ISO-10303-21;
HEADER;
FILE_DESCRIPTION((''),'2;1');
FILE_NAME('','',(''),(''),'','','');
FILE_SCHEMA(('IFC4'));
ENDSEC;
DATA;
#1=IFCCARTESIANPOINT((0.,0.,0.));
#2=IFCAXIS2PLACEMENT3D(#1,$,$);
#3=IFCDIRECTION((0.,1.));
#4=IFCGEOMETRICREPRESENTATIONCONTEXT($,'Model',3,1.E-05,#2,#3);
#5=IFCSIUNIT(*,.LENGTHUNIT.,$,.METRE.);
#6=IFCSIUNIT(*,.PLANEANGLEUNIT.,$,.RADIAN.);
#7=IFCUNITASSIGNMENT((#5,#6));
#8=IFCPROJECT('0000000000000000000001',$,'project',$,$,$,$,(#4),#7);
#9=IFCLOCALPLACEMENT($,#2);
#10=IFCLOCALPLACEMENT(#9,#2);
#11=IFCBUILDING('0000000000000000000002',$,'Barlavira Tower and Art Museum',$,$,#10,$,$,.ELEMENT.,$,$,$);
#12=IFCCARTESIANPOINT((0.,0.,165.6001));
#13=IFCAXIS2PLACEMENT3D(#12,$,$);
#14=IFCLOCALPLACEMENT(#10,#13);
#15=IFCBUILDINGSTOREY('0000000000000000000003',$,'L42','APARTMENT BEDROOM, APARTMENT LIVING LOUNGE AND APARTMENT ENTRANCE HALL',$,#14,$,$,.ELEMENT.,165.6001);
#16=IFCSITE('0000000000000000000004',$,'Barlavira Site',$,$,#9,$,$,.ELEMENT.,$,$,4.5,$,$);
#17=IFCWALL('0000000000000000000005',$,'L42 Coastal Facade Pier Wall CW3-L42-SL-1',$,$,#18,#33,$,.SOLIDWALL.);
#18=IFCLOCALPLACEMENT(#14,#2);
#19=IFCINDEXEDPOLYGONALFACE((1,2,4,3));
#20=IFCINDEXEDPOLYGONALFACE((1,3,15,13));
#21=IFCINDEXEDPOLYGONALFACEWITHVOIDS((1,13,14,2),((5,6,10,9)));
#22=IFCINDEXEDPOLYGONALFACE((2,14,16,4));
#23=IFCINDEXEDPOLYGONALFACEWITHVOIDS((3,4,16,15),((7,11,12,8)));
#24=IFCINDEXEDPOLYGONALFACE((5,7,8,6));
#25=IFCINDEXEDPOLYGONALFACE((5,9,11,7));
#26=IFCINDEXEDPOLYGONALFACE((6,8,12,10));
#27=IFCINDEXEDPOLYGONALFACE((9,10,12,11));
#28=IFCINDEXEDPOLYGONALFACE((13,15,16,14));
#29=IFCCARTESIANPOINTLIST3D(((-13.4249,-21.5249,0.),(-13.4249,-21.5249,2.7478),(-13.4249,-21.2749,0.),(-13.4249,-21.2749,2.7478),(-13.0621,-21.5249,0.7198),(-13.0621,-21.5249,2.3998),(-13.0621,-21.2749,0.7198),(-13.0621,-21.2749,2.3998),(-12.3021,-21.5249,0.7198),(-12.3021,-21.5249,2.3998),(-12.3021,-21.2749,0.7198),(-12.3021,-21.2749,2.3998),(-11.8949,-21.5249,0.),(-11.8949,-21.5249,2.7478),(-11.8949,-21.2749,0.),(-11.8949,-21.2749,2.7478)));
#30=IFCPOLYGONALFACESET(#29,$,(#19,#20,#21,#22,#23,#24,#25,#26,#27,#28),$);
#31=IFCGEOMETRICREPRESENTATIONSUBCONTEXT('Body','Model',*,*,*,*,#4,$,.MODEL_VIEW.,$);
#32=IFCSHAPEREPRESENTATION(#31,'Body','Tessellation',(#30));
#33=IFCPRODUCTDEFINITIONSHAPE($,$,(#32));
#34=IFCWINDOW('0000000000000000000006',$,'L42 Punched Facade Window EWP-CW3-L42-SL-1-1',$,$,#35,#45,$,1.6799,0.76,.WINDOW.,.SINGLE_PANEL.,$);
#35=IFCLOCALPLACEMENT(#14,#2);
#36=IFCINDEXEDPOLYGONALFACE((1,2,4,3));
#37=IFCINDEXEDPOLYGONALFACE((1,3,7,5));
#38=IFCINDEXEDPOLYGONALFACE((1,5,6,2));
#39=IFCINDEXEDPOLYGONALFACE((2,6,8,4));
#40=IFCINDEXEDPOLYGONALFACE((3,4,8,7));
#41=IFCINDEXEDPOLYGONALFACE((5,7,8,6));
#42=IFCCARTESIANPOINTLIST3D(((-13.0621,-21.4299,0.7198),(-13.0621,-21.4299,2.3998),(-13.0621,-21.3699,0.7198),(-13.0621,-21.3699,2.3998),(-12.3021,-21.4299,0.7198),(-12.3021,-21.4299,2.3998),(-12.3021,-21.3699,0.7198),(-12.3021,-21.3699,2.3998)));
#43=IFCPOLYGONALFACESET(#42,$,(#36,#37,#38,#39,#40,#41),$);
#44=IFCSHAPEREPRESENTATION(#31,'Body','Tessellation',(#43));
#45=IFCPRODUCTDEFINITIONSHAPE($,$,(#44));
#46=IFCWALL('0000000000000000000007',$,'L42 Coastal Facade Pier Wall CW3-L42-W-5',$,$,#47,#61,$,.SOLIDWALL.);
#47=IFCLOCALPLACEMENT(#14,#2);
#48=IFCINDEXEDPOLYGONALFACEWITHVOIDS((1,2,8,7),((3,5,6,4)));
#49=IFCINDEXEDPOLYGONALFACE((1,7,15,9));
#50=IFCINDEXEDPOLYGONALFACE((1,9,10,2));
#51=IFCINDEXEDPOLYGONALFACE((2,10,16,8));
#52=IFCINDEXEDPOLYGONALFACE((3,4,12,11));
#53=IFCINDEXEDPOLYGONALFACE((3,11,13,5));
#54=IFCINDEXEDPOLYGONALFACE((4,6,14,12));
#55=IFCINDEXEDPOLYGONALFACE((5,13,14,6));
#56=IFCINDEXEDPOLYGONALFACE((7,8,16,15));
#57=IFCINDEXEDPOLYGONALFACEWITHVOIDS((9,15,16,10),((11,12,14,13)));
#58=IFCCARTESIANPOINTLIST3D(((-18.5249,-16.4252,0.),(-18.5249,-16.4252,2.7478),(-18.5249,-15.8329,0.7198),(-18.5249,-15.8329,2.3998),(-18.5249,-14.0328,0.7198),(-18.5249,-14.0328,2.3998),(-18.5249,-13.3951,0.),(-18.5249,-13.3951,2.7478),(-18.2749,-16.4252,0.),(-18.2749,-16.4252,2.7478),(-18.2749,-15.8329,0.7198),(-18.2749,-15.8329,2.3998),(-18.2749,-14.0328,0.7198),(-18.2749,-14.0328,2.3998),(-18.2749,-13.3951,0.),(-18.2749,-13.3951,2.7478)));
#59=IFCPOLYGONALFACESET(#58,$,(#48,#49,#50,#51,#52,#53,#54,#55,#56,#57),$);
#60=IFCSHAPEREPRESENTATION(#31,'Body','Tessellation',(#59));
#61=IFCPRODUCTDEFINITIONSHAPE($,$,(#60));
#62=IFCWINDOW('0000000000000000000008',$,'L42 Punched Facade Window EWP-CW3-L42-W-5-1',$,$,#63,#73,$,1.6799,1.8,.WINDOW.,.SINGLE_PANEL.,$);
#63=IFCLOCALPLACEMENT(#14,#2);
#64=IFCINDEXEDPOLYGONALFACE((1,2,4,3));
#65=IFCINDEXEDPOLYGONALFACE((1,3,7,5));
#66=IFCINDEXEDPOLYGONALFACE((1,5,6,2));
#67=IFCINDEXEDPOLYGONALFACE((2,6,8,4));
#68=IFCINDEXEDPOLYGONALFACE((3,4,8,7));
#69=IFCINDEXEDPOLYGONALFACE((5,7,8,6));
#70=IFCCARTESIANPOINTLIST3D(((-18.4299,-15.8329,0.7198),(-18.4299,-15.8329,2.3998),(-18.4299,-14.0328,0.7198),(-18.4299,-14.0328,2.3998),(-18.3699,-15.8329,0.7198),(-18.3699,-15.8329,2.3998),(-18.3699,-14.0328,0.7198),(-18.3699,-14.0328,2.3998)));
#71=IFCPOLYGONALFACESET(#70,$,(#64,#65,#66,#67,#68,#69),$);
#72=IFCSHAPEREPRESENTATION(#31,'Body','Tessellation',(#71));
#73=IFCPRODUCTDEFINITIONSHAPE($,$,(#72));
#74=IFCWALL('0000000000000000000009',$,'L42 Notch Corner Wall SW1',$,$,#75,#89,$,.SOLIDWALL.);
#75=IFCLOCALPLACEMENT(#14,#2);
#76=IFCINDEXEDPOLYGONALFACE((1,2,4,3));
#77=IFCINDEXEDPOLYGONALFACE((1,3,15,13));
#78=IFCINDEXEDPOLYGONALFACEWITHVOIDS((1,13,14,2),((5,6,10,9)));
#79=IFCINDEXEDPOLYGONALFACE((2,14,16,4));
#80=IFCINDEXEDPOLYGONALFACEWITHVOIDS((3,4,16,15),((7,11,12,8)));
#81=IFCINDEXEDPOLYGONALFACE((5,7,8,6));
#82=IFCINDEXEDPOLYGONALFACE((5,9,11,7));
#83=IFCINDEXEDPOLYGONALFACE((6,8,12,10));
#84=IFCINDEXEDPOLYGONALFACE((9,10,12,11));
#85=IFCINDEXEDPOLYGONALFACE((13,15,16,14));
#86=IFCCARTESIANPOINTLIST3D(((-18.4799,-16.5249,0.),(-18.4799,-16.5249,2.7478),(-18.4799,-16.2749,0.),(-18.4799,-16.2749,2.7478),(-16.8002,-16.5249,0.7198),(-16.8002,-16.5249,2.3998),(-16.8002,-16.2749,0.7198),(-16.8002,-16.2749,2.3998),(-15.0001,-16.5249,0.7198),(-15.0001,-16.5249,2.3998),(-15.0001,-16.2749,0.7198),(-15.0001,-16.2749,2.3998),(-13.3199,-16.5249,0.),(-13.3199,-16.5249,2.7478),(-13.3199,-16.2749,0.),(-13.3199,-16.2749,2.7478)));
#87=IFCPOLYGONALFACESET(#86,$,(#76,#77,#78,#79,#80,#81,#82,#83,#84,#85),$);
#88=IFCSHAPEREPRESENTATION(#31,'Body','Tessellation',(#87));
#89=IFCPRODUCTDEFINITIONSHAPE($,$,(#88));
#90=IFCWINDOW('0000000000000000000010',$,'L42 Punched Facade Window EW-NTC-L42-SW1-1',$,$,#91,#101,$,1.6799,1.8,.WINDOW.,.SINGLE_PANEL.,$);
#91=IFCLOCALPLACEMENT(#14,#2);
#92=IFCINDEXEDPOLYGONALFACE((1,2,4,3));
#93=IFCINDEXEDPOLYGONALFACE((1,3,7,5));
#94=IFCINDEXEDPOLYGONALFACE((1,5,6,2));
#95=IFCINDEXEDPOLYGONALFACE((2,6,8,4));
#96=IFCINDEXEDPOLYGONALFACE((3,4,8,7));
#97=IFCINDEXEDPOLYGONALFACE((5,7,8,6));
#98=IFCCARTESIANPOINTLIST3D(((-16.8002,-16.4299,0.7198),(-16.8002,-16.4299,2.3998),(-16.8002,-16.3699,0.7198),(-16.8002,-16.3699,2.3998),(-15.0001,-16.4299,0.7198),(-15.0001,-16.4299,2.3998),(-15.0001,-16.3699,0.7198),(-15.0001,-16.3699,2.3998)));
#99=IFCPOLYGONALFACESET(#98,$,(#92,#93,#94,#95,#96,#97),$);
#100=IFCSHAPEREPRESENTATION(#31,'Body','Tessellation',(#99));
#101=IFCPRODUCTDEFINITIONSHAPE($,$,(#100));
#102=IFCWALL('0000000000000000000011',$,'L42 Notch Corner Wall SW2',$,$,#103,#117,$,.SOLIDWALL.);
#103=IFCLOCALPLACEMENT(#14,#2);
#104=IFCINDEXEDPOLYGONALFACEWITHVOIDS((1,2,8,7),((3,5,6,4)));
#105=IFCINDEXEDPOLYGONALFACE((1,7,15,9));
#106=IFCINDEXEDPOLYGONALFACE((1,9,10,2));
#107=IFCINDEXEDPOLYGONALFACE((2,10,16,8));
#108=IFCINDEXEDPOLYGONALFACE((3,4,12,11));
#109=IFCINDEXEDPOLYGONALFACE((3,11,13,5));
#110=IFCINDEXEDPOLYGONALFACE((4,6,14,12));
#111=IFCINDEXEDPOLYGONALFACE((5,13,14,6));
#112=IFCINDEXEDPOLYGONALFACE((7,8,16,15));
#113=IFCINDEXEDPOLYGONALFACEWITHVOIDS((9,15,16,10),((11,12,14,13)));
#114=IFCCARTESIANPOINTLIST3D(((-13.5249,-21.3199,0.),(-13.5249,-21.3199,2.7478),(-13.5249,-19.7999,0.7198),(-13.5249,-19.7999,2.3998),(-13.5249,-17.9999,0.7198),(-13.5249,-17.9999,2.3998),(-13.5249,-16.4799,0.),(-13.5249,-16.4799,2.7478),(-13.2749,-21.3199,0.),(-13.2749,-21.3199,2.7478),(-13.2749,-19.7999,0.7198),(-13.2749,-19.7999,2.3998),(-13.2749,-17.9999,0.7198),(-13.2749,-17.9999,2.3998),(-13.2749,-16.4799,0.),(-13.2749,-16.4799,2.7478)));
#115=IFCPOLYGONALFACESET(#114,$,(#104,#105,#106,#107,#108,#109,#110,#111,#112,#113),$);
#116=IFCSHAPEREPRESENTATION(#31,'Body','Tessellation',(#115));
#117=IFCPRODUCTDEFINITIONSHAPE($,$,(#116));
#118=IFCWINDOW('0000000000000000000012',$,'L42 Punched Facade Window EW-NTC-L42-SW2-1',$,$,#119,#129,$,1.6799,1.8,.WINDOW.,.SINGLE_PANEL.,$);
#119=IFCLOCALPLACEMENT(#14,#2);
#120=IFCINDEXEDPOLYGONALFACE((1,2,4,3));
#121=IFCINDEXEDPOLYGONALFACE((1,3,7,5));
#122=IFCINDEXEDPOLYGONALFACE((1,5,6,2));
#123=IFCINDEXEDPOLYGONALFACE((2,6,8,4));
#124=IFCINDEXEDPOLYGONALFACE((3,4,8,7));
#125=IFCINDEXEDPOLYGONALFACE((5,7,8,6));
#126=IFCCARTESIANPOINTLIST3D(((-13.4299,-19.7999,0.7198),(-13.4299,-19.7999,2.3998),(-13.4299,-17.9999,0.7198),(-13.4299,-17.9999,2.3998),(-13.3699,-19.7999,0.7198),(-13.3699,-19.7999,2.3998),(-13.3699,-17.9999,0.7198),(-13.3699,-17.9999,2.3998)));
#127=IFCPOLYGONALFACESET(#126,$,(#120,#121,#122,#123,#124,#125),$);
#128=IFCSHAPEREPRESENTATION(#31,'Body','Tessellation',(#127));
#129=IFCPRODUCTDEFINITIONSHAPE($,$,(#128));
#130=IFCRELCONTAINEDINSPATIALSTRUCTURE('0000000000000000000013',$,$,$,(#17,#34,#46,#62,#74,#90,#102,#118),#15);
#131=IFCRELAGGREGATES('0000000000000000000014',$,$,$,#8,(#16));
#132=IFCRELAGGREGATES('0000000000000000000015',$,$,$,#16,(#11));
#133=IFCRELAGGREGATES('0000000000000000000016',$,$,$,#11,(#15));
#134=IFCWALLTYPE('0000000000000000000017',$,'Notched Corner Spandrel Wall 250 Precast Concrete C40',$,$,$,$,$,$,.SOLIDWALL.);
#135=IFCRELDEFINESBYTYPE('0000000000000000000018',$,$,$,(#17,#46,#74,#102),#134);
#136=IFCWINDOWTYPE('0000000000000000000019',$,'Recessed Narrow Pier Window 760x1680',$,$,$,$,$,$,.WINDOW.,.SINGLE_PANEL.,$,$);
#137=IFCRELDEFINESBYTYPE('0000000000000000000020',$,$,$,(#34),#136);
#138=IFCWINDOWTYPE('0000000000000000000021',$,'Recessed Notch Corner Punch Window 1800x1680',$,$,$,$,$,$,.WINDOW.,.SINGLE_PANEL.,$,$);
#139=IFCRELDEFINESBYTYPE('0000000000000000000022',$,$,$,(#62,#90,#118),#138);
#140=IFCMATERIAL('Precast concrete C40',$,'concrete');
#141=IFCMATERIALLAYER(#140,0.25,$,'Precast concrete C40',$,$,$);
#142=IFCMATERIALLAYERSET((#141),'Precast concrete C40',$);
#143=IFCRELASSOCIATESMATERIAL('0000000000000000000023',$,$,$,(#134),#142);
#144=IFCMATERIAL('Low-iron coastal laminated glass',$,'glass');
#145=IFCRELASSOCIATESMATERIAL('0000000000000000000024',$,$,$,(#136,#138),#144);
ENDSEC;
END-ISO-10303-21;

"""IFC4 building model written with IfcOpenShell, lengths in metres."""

from ifc_helpers import new_model, si_unit, direction, frame, frame_2d, origin, place, context, subcontext, project, spatial, rectangle, extrude, material, layer, layer_set, type_object, element, fill, save


model = new_model("IFC4")

# Units and contexts
model_context = context("Model", 3, precision=1e-05, world=origin(), true_north=direction((0.0, 1.0)))
body_context = subcontext(model_context, "Body", "Model", "MODEL_VIEW")
ifc_project = project(units=[si_unit("LENGTHUNIT", "METRE"), si_unit("PLANEANGLEUNIT", "RADIAN")], contexts=[model_context])

# Site, building, storey
site_placement = place(None, origin())
site = spatial("IfcSite", under=ifc_project, at=site_placement, Name="Barlavira Site", CompositionType="ELEMENT", RefElevation=4.5)
building_placement = place(site_placement, origin())
building = spatial("IfcBuilding", under=site, at=building_placement, Name="Barlavira Tower and Art Museum", CompositionType="ELEMENT")
storey_placement = place(building_placement, frame((0.0, 0.0, 165.6001)))
storey = spatial("IfcBuildingStorey", under=building, at=storey_placement, Name="L42", Description="APARTMENT BEDROOM, APARTMENT LIVING LOUNGE AND APARTMENT ENTRANCE HALL", CompositionType="ELEMENT", Elevation=165.6001)

# Walls, openings, windows
ifc_material_1 = material(Name="Precast concrete C40", Category="concrete")
ifc_layer_1 = layer(ifc_material_1, 0.25, Name="Precast concrete C40")
ifc_layer_set_1 = layer_set([ifc_layer_1], Name="Precast concrete C40")
wall_type_1 = type_object("IfcWallType", Name="Notched Corner Spandrel Wall 250 Precast Concrete C40", PredefinedType="SOLIDWALL", material=ifc_layer_set_1)
wall_1_placement = place(storey_placement, frame((-13.425, -21.3999, 0.0), z_axis=(0.0, 0.0, 1.0), x_axis=(1.0, 0.0, 0.0)))
wall_1 = element("IfcWall", 1, at=wall_1_placement, inside=storey, type_object=wall_type_1, Name="L42 Coastal Facade Pier Wall CW3-L42-SL-1", PredefinedType="SOLIDWALL", context=body_context, shape_type="SweptSolid", body=[
    extrude(rectangle(XDim=1.53, YDim=0.25, at=frame_2d((0.7651, 0.0))), origin(), (0.0, 0.0, 1.0), 2.7478),
])
opening_1_placement = place(wall_1_placement, frame((0.363, 0.0, 0.72)))
opening_1 = element("IfcOpeningElement", 2, at=opening_1_placement, cuts=wall_1, PredefinedType="OPENING", context=body_context, shape_type="SweptSolid", body=[
    extrude(rectangle(XDim=0.76, YDim=1.6799, at=frame_2d((0.3799, 0.8398))), frame((0.0, 0.135, 0.0), z_axis=(0.0, -1.0, 0.0), x_axis=(1.0, 0.0, 0.0)), (0.0, 0.0, 1.0), 0.27),
])
ifc_material_2 = material(Name="Low-iron coastal laminated glass", Category="glass")
window_type_1 = type_object("IfcWindowType", Name="Recessed Narrow Pier Window 760x1680", PartitioningType="SINGLE_PANEL", PredefinedType="WINDOW", material=ifc_material_2)
window_1_placement = place(opening_1_placement, origin())
window_1 = element("IfcWindow", 3, at=window_1_placement, inside=storey, type_object=window_type_1, Name="L42 Punched Facade Window EWP-CW3-L42-SL-1-1", OverallHeight=1.6799, OverallWidth=0.76, PartitioningType="SINGLE_PANEL", PredefinedType="WINDOW", context=body_context, shape_type="SweptSolid", body=[
    extrude(rectangle(XDim=0.76, YDim=1.6799, at=frame_2d((0.3799, 0.8398))), frame((0.0, 0.03, 0.0), z_axis=(0.0, -1.0, 0.0), x_axis=(1.0, 0.0, 0.0)), (0.0, 0.0, 1.0), 0.0601),
])
fill(opening_1, window_1)
wall_2_placement = place(storey_placement, frame((-18.3999, -13.395, 0.0), z_axis=(0.0, 0.0, 1.0), x_axis=(0.0, -1.0, 0.0)))
wall_2 = element("IfcWall", 4, at=wall_2_placement, inside=storey, type_object=wall_type_1, Name="L42 Coastal Facade Pier Wall CW3-L42-W-5", PredefinedType="SOLIDWALL", context=body_context, shape_type="SweptSolid", body=[
    extrude(rectangle(XDim=3.03, YDim=0.25, at=frame_2d((1.5151, 0.0))), origin(), (0.0, 0.0, 1.0), 2.7478),
])
opening_2_placement = place(wall_2_placement, frame((0.6379, 0.0, 0.72)))
opening_2 = element("IfcOpeningElement", 5, at=opening_2_placement, cuts=wall_2, PredefinedType="OPENING", context=body_context, shape_type="SweptSolid", body=[
    extrude(rectangle(XDim=1.8, YDim=1.6799, at=frame_2d((0.8999, 0.8398))), frame((0.0, 0.135, 0.0), z_axis=(0.0, -1.0, 0.0), x_axis=(1.0, 0.0, 0.0)), (0.0, 0.0, 1.0), 0.27),
])
window_type_2 = type_object("IfcWindowType", Name="Recessed Notch Corner Punch Window 1800x1680", PartitioningType="SINGLE_PANEL", PredefinedType="WINDOW", material=ifc_material_2)
window_2_placement = place(opening_2_placement, origin())
window_2 = element("IfcWindow", 6, at=window_2_placement, inside=storey, type_object=window_type_2, Name="L42 Punched Facade Window EWP-CW3-L42-W-5-1", OverallHeight=1.6799, OverallWidth=1.8, PartitioningType="SINGLE_PANEL", PredefinedType="WINDOW", context=body_context, shape_type="SweptSolid", body=[
    extrude(rectangle(XDim=1.8, YDim=1.6799, at=frame_2d((0.8999, 0.8398))), frame((0.0, 0.03, 0.0), z_axis=(0.0, -1.0, 0.0), x_axis=(1.0, 0.0, 0.0)), (0.0, 0.0, 1.0), 0.0601),
])
fill(opening_2, window_2)
wall_3_placement = place(storey_placement, frame((-18.48, -16.3999, 0.0), z_axis=(0.0, 0.0, 1.0), x_axis=(1.0, 0.0, 0.0)))
wall_3 = element("IfcWall", 7, at=wall_3_placement, inside=storey, type_object=wall_type_1, Name="L42 Notch Corner Wall SW1", PredefinedType="SOLIDWALL", context=body_context, shape_type="SweptSolid", body=[
    extrude(rectangle(XDim=5.1599, YDim=0.25, at=frame_2d((2.5801, 0.0))), origin(), (0.0, 0.0, 1.0), 2.7478),
])
opening_3_placement = place(wall_3_placement, frame((1.6799, 0.0, 0.72)))
opening_3 = element("IfcOpeningElement", 8, at=opening_3_placement, cuts=wall_3, PredefinedType="OPENING", context=body_context, shape_type="SweptSolid", body=[
    extrude(rectangle(XDim=1.8, YDim=1.6799, at=frame_2d((0.8999, 0.8398))), frame((0.0, 0.135, 0.0), z_axis=(0.0, -1.0, 0.0), x_axis=(1.0, 0.0, 0.0)), (0.0, 0.0, 1.0), 0.27),
])
window_3_placement = place(opening_3_placement, origin())
window_3 = element("IfcWindow", 9, at=window_3_placement, inside=storey, type_object=window_type_2, Name="L42 Punched Facade Window EW-NTC-L42-SW1-1", OverallHeight=1.6799, OverallWidth=1.8, PartitioningType="SINGLE_PANEL", PredefinedType="WINDOW", context=body_context, shape_type="SweptSolid", body=[
    extrude(rectangle(XDim=1.8, YDim=1.6799, at=frame_2d((0.8999, 0.8398))), frame((0.0, 0.03, 0.0), z_axis=(0.0, -1.0, 0.0), x_axis=(1.0, 0.0, 0.0)), (0.0, 0.0, 1.0), 0.0601),
])
fill(opening_3, window_3)
wall_4_placement = place(storey_placement, frame((-13.3999, -16.48, 0.0), z_axis=(0.0, 0.0, 1.0), x_axis=(0.0, -1.0, 0.0)))
wall_4 = element("IfcWall", 10, at=wall_4_placement, inside=storey, type_object=wall_type_1, Name="L42 Notch Corner Wall SW2", PredefinedType="SOLIDWALL", context=body_context, shape_type="SweptSolid", body=[
    extrude(rectangle(XDim=4.8401, YDim=0.25, at=frame_2d((2.4199, 0.0))), origin(), (0.0, 0.0, 1.0), 2.7478),
])
opening_4_placement = place(wall_4_placement, frame((1.52, 0.0, 0.72)))
opening_4 = element("IfcOpeningElement", 11, at=opening_4_placement, cuts=wall_4, PredefinedType="OPENING", context=body_context, shape_type="SweptSolid", body=[
    extrude(rectangle(XDim=1.8, YDim=1.6799, at=frame_2d((0.8999, 0.8398))), frame((0.0, 0.135, 0.0), z_axis=(0.0, -1.0, 0.0), x_axis=(1.0, 0.0, 0.0)), (0.0, 0.0, 1.0), 0.27),
])
window_4_placement = place(opening_4_placement, origin())
window_4 = element("IfcWindow", 12, at=window_4_placement, inside=storey, type_object=window_type_2, Name="L42 Punched Facade Window EW-NTC-L42-SW2-1", OverallHeight=1.6799, OverallWidth=1.8, PartitioningType="SINGLE_PANEL", PredefinedType="WINDOW", context=body_context, shape_type="SweptSolid", body=[
    extrude(rectangle(XDim=1.8, YDim=1.6799, at=frame_2d((0.8999, 0.8398))), frame((0.0, 0.03, 0.0), z_axis=(0.0, -1.0, 0.0), x_axis=(1.0, 0.0, 0.0)), (0.0, 0.0, 1.0), 0.0601),
])
fill(opening_4, window_4)

save(model, "model.ifc")
